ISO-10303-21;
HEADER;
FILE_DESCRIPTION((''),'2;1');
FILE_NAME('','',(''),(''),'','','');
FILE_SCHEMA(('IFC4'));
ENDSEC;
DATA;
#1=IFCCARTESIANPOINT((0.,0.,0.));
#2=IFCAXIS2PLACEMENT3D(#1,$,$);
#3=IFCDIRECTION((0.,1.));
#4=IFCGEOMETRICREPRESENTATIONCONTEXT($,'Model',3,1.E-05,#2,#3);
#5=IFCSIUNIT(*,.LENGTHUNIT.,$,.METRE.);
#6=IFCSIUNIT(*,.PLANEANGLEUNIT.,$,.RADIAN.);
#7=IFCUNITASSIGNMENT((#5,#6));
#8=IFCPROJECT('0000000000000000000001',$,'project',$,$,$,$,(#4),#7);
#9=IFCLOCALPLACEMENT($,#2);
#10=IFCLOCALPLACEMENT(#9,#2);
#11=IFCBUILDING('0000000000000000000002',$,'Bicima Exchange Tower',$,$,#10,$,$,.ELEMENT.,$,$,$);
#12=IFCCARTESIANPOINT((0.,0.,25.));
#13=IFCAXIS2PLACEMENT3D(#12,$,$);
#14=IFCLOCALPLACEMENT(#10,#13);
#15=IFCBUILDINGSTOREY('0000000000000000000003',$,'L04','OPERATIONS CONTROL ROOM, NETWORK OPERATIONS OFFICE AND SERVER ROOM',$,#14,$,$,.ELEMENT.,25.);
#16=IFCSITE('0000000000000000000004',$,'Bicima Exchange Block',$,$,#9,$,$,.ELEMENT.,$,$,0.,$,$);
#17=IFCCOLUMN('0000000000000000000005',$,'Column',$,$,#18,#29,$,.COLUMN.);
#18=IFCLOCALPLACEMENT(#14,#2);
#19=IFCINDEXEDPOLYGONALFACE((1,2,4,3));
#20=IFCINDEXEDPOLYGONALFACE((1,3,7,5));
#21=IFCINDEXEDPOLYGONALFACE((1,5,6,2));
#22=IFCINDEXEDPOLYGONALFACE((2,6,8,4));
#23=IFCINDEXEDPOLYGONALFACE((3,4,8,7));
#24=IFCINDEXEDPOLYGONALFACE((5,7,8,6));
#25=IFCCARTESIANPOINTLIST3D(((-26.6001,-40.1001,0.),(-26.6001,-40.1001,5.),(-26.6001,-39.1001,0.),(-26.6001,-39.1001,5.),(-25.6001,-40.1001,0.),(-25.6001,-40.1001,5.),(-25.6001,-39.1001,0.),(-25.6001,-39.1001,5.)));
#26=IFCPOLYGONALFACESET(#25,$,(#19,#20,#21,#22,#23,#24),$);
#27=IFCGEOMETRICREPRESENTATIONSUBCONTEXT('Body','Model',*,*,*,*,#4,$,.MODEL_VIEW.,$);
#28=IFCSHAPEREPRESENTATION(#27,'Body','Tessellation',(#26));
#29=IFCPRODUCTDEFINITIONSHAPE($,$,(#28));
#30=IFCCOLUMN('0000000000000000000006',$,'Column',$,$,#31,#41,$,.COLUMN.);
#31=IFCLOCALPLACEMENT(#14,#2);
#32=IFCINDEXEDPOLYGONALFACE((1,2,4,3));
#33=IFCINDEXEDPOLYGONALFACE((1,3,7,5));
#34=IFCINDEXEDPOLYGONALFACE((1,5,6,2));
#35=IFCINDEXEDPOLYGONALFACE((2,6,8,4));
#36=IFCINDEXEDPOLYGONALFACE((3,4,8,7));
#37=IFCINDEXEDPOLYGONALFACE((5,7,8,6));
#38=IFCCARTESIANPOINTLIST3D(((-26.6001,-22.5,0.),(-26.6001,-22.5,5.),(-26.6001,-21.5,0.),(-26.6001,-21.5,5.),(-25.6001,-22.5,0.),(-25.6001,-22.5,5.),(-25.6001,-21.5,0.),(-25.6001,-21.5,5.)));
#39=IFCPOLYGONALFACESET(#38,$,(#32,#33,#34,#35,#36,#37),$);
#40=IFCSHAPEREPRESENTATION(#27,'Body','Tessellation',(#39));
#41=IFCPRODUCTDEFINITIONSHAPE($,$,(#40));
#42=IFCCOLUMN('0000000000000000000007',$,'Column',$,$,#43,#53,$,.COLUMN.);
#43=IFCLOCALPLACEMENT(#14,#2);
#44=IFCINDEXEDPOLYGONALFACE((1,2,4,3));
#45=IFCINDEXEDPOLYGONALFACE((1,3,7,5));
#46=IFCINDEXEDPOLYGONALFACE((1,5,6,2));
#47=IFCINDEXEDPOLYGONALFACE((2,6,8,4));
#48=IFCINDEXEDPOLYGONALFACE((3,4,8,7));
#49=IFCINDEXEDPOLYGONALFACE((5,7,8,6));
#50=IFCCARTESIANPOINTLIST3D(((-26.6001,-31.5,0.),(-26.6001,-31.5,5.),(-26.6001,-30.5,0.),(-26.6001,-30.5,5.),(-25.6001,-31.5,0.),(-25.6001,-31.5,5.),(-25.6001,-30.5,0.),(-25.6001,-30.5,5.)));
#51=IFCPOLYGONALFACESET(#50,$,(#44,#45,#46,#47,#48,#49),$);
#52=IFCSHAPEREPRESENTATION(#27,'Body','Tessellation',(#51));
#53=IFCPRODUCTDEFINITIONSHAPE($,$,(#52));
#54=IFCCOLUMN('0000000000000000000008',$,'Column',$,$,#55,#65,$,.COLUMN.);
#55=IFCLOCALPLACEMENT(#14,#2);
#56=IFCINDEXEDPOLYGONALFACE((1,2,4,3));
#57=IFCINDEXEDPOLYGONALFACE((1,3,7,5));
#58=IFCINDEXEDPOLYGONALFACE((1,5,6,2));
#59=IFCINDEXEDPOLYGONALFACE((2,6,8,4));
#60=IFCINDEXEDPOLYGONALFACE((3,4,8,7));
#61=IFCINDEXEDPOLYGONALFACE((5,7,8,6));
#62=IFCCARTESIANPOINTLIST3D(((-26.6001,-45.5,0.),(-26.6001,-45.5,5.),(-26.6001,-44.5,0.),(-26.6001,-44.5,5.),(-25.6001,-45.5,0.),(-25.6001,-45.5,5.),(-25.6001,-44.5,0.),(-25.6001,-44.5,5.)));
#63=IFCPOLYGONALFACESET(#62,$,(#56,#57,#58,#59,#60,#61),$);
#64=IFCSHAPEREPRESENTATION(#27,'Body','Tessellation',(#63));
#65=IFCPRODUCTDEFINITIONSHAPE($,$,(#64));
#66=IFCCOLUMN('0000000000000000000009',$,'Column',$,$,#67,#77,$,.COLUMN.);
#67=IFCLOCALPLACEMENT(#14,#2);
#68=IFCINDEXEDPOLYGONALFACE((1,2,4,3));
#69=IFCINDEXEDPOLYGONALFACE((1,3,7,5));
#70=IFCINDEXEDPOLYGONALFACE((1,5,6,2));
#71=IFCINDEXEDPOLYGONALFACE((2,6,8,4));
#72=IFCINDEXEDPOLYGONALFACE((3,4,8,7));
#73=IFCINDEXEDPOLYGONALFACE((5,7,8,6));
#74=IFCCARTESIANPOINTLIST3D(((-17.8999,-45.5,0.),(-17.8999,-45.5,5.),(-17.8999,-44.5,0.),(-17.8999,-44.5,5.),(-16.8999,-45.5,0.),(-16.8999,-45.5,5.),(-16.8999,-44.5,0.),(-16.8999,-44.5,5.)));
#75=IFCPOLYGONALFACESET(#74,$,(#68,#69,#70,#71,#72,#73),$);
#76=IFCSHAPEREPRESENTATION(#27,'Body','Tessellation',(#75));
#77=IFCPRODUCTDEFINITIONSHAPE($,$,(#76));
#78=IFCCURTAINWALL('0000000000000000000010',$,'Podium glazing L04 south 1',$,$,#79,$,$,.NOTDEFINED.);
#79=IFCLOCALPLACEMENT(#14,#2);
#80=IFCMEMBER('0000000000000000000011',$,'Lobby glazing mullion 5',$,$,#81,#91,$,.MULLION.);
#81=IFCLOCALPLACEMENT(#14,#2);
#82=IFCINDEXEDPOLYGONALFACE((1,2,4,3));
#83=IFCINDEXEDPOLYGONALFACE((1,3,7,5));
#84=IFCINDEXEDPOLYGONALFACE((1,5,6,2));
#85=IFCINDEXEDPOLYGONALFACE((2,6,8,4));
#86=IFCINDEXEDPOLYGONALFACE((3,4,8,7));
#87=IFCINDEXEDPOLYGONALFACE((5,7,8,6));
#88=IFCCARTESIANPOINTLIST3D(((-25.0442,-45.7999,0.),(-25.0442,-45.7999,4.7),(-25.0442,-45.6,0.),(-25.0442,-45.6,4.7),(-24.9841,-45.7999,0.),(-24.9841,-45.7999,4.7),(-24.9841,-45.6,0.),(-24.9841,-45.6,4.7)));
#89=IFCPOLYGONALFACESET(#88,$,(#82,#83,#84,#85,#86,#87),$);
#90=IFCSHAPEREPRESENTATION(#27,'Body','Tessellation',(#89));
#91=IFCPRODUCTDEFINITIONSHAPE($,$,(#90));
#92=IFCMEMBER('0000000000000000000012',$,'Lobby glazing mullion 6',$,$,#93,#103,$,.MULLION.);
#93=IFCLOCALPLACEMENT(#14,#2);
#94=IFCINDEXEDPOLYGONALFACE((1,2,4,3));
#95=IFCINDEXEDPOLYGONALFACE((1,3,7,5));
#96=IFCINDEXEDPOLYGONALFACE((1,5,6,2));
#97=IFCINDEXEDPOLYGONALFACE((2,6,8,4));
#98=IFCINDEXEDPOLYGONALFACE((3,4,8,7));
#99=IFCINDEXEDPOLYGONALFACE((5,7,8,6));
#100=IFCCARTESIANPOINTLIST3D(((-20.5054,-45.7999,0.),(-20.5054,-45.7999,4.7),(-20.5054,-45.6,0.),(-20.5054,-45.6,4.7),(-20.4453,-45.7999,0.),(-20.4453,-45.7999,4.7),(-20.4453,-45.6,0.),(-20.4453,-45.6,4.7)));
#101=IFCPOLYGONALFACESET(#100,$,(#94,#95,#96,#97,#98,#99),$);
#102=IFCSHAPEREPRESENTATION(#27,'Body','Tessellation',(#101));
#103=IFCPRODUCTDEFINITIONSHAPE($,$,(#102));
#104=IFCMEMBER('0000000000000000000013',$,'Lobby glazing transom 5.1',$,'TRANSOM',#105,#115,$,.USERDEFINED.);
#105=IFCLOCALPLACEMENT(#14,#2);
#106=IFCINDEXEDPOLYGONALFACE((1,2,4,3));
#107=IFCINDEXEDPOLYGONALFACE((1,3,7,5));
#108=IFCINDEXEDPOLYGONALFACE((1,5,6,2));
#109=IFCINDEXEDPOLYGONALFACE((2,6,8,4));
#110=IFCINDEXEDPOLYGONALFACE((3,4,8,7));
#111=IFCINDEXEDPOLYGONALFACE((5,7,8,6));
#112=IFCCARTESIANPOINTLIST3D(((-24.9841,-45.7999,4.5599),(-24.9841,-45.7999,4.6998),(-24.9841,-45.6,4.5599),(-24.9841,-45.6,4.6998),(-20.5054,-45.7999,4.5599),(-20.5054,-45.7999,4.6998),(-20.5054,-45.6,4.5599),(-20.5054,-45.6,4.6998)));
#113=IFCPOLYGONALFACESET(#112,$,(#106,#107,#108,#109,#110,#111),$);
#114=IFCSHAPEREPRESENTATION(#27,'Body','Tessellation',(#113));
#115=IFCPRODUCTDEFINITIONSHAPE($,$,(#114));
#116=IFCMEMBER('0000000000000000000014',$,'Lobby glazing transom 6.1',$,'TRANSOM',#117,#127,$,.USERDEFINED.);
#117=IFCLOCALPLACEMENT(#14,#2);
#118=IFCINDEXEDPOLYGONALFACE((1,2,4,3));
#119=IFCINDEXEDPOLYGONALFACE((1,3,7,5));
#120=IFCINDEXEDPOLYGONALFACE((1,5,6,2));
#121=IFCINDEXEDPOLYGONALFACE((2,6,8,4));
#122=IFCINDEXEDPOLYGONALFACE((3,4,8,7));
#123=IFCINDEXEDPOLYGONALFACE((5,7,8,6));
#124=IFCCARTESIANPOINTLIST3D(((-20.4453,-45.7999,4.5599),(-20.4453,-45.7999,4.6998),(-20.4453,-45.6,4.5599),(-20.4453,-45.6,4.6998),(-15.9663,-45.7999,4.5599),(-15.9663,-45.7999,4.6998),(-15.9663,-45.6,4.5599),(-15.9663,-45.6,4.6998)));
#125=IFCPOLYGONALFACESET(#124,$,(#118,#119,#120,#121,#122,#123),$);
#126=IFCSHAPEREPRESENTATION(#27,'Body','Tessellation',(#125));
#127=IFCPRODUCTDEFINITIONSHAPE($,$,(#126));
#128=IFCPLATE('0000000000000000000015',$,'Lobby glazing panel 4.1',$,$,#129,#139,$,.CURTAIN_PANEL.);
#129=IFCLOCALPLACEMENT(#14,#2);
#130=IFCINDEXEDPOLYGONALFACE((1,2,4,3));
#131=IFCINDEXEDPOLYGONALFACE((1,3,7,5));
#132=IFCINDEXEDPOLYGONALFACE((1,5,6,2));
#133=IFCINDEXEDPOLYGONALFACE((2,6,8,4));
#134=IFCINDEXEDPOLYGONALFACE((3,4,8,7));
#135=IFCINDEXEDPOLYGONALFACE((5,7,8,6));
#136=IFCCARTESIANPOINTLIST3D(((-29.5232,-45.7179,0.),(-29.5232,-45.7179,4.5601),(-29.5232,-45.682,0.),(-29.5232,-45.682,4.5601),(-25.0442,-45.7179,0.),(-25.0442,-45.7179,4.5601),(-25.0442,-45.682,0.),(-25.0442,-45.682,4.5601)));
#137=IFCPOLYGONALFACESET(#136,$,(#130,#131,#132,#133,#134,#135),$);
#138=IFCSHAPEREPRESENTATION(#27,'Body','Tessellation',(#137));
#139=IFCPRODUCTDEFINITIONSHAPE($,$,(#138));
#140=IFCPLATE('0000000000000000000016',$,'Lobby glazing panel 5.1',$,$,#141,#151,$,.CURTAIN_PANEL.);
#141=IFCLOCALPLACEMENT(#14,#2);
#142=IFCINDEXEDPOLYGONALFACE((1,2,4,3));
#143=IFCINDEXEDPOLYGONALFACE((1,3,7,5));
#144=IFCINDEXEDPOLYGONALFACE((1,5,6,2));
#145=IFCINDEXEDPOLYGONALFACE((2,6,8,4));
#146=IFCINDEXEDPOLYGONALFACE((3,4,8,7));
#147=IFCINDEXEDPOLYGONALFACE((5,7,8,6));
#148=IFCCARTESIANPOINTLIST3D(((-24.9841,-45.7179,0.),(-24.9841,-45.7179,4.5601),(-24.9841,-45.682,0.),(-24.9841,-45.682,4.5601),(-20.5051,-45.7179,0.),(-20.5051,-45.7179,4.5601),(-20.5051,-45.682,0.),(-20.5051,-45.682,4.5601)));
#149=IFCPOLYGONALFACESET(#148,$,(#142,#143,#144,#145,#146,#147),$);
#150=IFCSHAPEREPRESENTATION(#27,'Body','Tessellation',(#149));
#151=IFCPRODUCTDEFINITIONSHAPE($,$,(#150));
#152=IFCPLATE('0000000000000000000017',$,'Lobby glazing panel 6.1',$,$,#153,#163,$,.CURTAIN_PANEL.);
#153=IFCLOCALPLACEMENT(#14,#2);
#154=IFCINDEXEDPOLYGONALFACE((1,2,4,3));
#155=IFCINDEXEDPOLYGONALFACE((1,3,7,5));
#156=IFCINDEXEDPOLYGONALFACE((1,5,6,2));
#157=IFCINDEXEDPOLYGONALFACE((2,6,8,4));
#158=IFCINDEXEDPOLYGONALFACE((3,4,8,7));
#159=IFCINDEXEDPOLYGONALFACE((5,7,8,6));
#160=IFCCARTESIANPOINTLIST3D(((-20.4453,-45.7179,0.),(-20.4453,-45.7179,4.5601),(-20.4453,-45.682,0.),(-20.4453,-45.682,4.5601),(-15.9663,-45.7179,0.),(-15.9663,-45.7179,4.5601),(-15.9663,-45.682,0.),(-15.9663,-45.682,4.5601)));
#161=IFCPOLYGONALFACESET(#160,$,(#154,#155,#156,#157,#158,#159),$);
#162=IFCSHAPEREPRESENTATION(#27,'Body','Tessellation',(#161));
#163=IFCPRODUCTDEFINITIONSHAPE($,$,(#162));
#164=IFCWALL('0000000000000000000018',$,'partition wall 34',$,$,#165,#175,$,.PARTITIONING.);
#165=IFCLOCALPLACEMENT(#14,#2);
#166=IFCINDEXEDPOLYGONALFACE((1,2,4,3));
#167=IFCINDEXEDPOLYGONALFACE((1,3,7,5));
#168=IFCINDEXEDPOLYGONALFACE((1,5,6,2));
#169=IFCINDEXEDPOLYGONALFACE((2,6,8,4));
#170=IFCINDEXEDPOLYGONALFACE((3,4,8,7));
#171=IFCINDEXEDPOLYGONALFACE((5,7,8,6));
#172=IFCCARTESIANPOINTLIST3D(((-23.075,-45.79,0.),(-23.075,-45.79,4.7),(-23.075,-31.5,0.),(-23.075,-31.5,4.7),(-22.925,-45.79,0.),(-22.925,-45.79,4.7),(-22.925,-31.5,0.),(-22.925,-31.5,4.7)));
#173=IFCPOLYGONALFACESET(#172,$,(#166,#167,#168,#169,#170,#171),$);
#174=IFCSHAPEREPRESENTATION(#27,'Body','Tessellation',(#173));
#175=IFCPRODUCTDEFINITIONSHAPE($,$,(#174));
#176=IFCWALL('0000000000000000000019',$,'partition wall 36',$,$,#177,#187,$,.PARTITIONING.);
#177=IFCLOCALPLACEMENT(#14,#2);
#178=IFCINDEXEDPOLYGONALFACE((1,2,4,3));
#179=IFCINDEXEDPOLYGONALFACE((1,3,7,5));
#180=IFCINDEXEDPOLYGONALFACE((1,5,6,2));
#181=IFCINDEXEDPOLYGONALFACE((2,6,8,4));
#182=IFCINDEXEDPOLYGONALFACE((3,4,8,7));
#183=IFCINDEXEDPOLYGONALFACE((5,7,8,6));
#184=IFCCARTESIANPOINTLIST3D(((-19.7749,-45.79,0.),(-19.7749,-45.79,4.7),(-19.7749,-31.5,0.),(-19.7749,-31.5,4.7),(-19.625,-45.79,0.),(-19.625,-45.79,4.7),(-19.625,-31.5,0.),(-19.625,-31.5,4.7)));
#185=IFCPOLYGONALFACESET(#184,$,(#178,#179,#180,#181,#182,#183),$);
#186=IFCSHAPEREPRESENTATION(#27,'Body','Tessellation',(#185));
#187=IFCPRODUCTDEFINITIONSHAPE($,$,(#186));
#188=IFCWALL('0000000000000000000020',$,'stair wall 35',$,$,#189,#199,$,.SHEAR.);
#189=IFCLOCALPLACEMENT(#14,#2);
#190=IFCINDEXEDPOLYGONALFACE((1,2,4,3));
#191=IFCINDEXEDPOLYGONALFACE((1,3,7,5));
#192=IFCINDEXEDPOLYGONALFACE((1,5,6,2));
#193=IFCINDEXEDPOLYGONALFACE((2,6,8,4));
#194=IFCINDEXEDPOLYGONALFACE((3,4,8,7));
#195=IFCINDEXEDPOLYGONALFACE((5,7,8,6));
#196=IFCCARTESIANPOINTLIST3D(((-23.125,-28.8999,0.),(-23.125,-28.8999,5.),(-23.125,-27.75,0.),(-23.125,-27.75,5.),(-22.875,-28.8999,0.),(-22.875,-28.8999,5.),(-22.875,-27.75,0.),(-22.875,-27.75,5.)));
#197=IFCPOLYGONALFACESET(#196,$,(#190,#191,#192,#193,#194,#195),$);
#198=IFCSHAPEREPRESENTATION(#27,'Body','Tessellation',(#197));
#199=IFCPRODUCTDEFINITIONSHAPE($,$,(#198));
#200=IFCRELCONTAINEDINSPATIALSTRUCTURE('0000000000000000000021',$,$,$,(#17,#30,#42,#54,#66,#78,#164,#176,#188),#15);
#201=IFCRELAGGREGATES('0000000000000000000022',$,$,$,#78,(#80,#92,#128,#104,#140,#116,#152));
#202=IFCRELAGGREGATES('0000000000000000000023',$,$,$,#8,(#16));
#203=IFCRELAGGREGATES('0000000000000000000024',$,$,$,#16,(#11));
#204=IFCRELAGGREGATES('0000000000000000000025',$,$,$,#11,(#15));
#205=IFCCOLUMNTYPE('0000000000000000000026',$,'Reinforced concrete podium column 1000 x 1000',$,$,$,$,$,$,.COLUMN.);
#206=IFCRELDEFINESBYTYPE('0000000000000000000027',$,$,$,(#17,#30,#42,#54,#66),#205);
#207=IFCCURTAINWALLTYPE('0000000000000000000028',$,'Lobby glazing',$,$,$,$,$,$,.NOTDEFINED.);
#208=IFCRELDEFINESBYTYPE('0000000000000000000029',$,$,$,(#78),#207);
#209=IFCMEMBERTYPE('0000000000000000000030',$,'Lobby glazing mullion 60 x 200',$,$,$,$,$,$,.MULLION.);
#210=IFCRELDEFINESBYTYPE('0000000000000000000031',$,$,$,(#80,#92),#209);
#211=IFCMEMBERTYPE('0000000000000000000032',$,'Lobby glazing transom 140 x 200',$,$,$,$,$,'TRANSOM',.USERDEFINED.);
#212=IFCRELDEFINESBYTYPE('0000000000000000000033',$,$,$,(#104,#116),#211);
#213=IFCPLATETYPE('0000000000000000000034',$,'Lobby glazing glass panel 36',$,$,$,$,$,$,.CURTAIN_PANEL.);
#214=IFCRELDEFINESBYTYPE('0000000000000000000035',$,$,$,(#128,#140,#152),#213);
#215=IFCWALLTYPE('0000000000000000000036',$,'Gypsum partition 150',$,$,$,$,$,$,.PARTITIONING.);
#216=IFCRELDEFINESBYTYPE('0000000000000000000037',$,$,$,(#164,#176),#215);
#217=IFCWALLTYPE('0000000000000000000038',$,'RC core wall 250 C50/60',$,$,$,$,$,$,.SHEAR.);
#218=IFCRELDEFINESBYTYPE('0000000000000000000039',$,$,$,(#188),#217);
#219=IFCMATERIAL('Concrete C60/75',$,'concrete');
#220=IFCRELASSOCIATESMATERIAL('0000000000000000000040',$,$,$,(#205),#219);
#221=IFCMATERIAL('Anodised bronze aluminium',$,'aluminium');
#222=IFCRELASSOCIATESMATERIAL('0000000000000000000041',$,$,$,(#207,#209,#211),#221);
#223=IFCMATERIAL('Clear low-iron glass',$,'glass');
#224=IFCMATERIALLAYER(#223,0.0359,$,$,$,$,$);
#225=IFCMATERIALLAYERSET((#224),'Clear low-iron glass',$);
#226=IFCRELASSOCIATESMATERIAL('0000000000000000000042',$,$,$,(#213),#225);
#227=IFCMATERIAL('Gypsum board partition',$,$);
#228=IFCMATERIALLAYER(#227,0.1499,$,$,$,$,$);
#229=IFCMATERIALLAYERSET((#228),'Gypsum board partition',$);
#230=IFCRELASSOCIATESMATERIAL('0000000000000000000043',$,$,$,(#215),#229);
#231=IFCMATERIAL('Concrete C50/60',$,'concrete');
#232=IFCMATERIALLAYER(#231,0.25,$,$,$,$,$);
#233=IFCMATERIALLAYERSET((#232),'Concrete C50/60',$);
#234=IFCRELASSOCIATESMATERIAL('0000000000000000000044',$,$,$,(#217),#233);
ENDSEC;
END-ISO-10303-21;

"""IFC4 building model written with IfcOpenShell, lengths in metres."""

from ifc_helpers import new_model, si_unit, direction, frame, frame_2d, origin, origin_2d, place, context, subcontext, project, spatial, rectangle, extrude, material, layer, layer_set, material_profile, profile_set, type_object, element, aggregate, save


model = new_model("IFC4")

# Units and contexts
model_context = context("Model", 3, precision=1e-05, world=origin(), true_north=direction((0.0, 1.0)))
body_context = subcontext(model_context, "Body", "Model", "MODEL_VIEW")
ifc_project = project(units=[si_unit("LENGTHUNIT", "METRE"), si_unit("PLANEANGLEUNIT", "RADIAN")], contexts=[model_context])

# Site, building, storey
site_placement = place(None, origin())
site = spatial("IfcSite", under=ifc_project, at=site_placement, Name="Bicima Exchange Block", CompositionType="ELEMENT", RefElevation=0.0)
building_placement = place(site_placement, origin())
building = spatial("IfcBuilding", under=site, at=building_placement, Name="Bicima Exchange Tower", CompositionType="ELEMENT")
storey_placement = place(building_placement, frame((0.0, 0.0, 25.0)))
storey = spatial("IfcBuildingStorey", under=building, at=storey_placement, Name="L04", Description="OPERATIONS CONTROL ROOM, NETWORK OPERATIONS OFFICE AND SERVER ROOM", CompositionType="ELEMENT", Elevation=25.0)

# Columns
ifc_material_1 = material(Name="Concrete C60/75", Category="concrete")
ifc_material_profile_1 = material_profile(ifc_material_1, rectangle(XDim=1.0, YDim=1.0, at=origin_2d()))
ifc_profile_set_1 = profile_set([ifc_material_profile_1], Name="Concrete C60/75")
column_type = type_object("IfcColumnType", Name="Reinforced concrete podium column 1000 x 1000", PredefinedType="COLUMN", material=ifc_profile_set_1)
for number, where, z_axis, x_axis, name in (
    (1, (-26.1001, -39.6001, 0.0), (0.0, 0.0, 1.0), (1.0, 0.0, 0.0), "Column"),
    (2, (-26.1001, -22.0, 0.0), (0.0, 0.0, 1.0), (1.0, 0.0, 0.0), "Column"),
    (3, (-26.1001, -31.0, 0.0), (0.0, 0.0, 1.0), (1.0, 0.0, 0.0), "Column"),
    (4, (-26.1001, -45.0, 0.0), (0.0, 0.0, 1.0), (1.0, 0.0, 0.0), "Column"),
    (5, (-17.3999, -45.0, 0.0), (0.0, 0.0, 1.0), (1.0, 0.0, 0.0), "Column"),
):
    element("IfcColumn", number, at=place(storey_placement, frame(where, z_axis=z_axis, x_axis=x_axis)), inside=storey, type_object=column_type, Name=name, PredefinedType="COLUMN", context=body_context, shape_type="SweptSolid", body=[
        extrude(rectangle(XDim=1.0, YDim=1.0, at=origin_2d()), origin(), (0.0, 0.0, 1.0), 5.0),
    ])

# Curtain wall, members, plates
ifc_material_2 = material(Name="Anodised bronze aluminium", Category="aluminium")
curtain_wall_type = type_object("IfcCurtainWallType", Name="Lobby glazing", PredefinedType="NOTDEFINED", material=ifc_material_2)
curtain_wall_placement = place(storey_placement, origin())
curtain_wall = element("IfcCurtainWall", 6, at=curtain_wall_placement, inside=storey, type_object=curtain_wall_type, Name="Podium glazing L04 south 1", PredefinedType="NOTDEFINED")
ifc_material_profile_2 = material_profile(ifc_material_2, rectangle(XDim=0.2, YDim=0.0601, at=origin_2d()))
ifc_profile_set_2 = profile_set([ifc_material_profile_2], Name="Anodised bronze aluminium")
member_type_1 = type_object("IfcMemberType", Name="Lobby glazing mullion 60 x 200", PredefinedType="MULLION", material=ifc_profile_set_2)
member_1_placement = place(storey_placement, frame((-25.0142, -45.7, 0.0), z_axis=(0.0, 0.0, 1.0), x_axis=(0.0, 1.0, 0.0)))
member_1 = element("IfcMember", 7, at=member_1_placement, type_object=member_type_1, Name="Lobby glazing mullion 5", PredefinedType="MULLION", context=body_context, shape_type="SweptSolid", body=[
    extrude(rectangle(XDim=0.2, YDim=0.0601, at=origin_2d()), origin(), (0.0, 0.0, 1.0), 4.7),
])
member_2_placement = place(storey_placement, frame((-20.4753, -45.7, 0.0), z_axis=(0.0, 0.0, 1.0), x_axis=(0.0, 1.0, 0.0)))
member_2 = element("IfcMember", 8, at=member_2_placement, type_object=member_type_1, Name="Lobby glazing mullion 6", PredefinedType="MULLION", context=body_context, shape_type="SweptSolid", body=[
    extrude(rectangle(XDim=0.2, YDim=0.0601, at=origin_2d()), origin(), (0.0, 0.0, 1.0), 4.7),
])
ifc_material_profile_3 = material_profile(ifc_material_2, rectangle(XDim=0.2, YDim=0.1399, at=origin_2d()))
ifc_profile_set_3 = profile_set([ifc_material_profile_3], Name="Anodised bronze aluminium")
member_type_2 = type_object("IfcMemberType", Name="Lobby glazing transom 140 x 200", ElementType="TRANSOM", PredefinedType="USERDEFINED", material=ifc_profile_set_3)
member_3_placement = place(storey_placement, frame((-24.9841, -45.7, 4.6299), z_axis=(1.0, 0.0, 0.0), x_axis=(0.0, 1.0, 0.0)))
member_3 = element("IfcMember", 9, at=member_3_placement, type_object=member_type_2, Name="Lobby glazing transom 5.1", ObjectType="TRANSOM", PredefinedType="USERDEFINED", context=body_context, shape_type="SweptSolid", body=[
    extrude(rectangle(XDim=0.2, YDim=0.1399, at=origin_2d()), origin(), (0.0, 0.0, 1.0), 4.4788),
])
member_4_placement = place(storey_placement, frame((-20.4453, -45.7, 4.6299), z_axis=(1.0, 0.0, 0.0), x_axis=(0.0, 1.0, 0.0)))
member_4 = element("IfcMember", 10, at=member_4_placement, type_object=member_type_2, Name="Lobby glazing transom 6.1", ObjectType="TRANSOM", PredefinedType="USERDEFINED", context=body_context, shape_type="SweptSolid", body=[
    extrude(rectangle(XDim=0.2, YDim=0.1399, at=origin_2d()), origin(), (0.0, 0.0, 1.0), 4.479),
])
ifc_material_3 = material(Name="Clear low-iron glass", Category="glass")
ifc_layer_1 = layer(ifc_material_3, 0.0359)
ifc_layer_set_1 = layer_set([ifc_layer_1], Name="Clear low-iron glass")
plate_type = type_object("IfcPlateType", Name="Lobby glazing glass panel 36", PredefinedType="CURTAIN_PANEL", material=ifc_layer_set_1)
plate_1_placement = place(storey_placement, frame((-27.2837, -45.7, 0.0), z_axis=(0.0, 0.0, 1.0), x_axis=(1.0, 0.0, 0.0)))
plate_1 = element("IfcPlate", 11, at=plate_1_placement, type_object=plate_type, Name="Lobby glazing panel 4.1", PredefinedType="CURTAIN_PANEL", context=body_context, shape_type="SweptSolid", body=[
    extrude(rectangle(XDim=4.479, YDim=0.0359, at=origin_2d()), origin(), (0.0, 0.0, 1.0), 4.5601),
])
plate_2_placement = place(storey_placement, frame((-22.7446, -45.7, 0.0), z_axis=(0.0, 0.0, 1.0), x_axis=(1.0, 0.0, 0.0)))
plate_2 = element("IfcPlate", 12, at=plate_2_placement, type_object=plate_type, Name="Lobby glazing panel 5.1", PredefinedType="CURTAIN_PANEL", context=body_context, shape_type="SweptSolid", body=[
    extrude(rectangle(XDim=4.479, YDim=0.0359, at=origin_2d()), origin(), (0.0, 0.0, 1.0), 4.5601),
])
plate_3_placement = place(storey_placement, frame((-18.2058, -45.7, 0.0), z_axis=(0.0, 0.0, 1.0), x_axis=(1.0, 0.0, 0.0)))
plate_3 = element("IfcPlate", 13, at=plate_3_placement, type_object=plate_type, Name="Lobby glazing panel 6.1", PredefinedType="CURTAIN_PANEL", context=body_context, shape_type="SweptSolid", body=[
    extrude(rectangle(XDim=4.479, YDim=0.0359, at=origin_2d()), origin(), (0.0, 0.0, 1.0), 4.5601),
])
aggregate(curtain_wall, [member_1, member_2, plate_1, member_3, plate_2, member_4, plate_3])

# Walls
ifc_material_4 = material(Name="Gypsum board partition")
ifc_layer_2 = layer(ifc_material_4, 0.1499)
ifc_layer_set_2 = layer_set([ifc_layer_2], Name="Gypsum board partition")
wall_type_1 = type_object("IfcWallType", Name="Gypsum partition 150", PredefinedType="PARTITIONING", material=ifc_layer_set_2)
for number, where, z_axis, x_axis, name in (
    (14, (-23.0, -45.79, 0.0), (0.0, 0.0, 1.0), (0.0, 1.0, 0.0), "partition wall 34"),
    (15, (-19.7, -45.79, 0.0), (0.0, 0.0, 1.0), (0.0, 1.0, 0.0), "partition wall 36"),
):
    element("IfcWall", number, at=place(storey_placement, frame(where, z_axis=z_axis, x_axis=x_axis)), inside=storey, type_object=wall_type_1, Name=name, PredefinedType="PARTITIONING", context=body_context, shape_type="SweptSolid", body=[
        extrude(rectangle(XDim=14.29, YDim=0.1499, at=frame_2d((7.145, 0.0))), origin(), (0.0, 0.0, 1.0), 4.7),
    ])
ifc_material_5 = material(Name="Concrete C50/60", Category="concrete")
ifc_layer_3 = layer(ifc_material_5, 0.25)
ifc_layer_set_3 = layer_set([ifc_layer_3], Name="Concrete C50/60")
wall_type_2 = type_object("IfcWallType", Name="RC core wall 250 C50/60", PredefinedType="SHEAR", material=ifc_layer_set_3)
for number, where, z_axis, x_axis, name in (
    (16, (-23.0, -28.8999, 0.0), (0.0, 0.0, 1.0), (0.0, 1.0, 0.0), "stair wall 35"),
):
    element("IfcWall", number, at=place(storey_placement, frame(where, z_axis=z_axis, x_axis=x_axis)), inside=storey, type_object=wall_type_2, Name=name, PredefinedType="SHEAR", context=body_context, shape_type="SweptSolid", body=[
        extrude(rectangle(XDim=1.1499, YDim=0.25, at=frame_2d((0.575, 0.0))), origin(), (0.0, 0.0, 1.0), 5.0),
    ])

save(model, "model.ifc")
